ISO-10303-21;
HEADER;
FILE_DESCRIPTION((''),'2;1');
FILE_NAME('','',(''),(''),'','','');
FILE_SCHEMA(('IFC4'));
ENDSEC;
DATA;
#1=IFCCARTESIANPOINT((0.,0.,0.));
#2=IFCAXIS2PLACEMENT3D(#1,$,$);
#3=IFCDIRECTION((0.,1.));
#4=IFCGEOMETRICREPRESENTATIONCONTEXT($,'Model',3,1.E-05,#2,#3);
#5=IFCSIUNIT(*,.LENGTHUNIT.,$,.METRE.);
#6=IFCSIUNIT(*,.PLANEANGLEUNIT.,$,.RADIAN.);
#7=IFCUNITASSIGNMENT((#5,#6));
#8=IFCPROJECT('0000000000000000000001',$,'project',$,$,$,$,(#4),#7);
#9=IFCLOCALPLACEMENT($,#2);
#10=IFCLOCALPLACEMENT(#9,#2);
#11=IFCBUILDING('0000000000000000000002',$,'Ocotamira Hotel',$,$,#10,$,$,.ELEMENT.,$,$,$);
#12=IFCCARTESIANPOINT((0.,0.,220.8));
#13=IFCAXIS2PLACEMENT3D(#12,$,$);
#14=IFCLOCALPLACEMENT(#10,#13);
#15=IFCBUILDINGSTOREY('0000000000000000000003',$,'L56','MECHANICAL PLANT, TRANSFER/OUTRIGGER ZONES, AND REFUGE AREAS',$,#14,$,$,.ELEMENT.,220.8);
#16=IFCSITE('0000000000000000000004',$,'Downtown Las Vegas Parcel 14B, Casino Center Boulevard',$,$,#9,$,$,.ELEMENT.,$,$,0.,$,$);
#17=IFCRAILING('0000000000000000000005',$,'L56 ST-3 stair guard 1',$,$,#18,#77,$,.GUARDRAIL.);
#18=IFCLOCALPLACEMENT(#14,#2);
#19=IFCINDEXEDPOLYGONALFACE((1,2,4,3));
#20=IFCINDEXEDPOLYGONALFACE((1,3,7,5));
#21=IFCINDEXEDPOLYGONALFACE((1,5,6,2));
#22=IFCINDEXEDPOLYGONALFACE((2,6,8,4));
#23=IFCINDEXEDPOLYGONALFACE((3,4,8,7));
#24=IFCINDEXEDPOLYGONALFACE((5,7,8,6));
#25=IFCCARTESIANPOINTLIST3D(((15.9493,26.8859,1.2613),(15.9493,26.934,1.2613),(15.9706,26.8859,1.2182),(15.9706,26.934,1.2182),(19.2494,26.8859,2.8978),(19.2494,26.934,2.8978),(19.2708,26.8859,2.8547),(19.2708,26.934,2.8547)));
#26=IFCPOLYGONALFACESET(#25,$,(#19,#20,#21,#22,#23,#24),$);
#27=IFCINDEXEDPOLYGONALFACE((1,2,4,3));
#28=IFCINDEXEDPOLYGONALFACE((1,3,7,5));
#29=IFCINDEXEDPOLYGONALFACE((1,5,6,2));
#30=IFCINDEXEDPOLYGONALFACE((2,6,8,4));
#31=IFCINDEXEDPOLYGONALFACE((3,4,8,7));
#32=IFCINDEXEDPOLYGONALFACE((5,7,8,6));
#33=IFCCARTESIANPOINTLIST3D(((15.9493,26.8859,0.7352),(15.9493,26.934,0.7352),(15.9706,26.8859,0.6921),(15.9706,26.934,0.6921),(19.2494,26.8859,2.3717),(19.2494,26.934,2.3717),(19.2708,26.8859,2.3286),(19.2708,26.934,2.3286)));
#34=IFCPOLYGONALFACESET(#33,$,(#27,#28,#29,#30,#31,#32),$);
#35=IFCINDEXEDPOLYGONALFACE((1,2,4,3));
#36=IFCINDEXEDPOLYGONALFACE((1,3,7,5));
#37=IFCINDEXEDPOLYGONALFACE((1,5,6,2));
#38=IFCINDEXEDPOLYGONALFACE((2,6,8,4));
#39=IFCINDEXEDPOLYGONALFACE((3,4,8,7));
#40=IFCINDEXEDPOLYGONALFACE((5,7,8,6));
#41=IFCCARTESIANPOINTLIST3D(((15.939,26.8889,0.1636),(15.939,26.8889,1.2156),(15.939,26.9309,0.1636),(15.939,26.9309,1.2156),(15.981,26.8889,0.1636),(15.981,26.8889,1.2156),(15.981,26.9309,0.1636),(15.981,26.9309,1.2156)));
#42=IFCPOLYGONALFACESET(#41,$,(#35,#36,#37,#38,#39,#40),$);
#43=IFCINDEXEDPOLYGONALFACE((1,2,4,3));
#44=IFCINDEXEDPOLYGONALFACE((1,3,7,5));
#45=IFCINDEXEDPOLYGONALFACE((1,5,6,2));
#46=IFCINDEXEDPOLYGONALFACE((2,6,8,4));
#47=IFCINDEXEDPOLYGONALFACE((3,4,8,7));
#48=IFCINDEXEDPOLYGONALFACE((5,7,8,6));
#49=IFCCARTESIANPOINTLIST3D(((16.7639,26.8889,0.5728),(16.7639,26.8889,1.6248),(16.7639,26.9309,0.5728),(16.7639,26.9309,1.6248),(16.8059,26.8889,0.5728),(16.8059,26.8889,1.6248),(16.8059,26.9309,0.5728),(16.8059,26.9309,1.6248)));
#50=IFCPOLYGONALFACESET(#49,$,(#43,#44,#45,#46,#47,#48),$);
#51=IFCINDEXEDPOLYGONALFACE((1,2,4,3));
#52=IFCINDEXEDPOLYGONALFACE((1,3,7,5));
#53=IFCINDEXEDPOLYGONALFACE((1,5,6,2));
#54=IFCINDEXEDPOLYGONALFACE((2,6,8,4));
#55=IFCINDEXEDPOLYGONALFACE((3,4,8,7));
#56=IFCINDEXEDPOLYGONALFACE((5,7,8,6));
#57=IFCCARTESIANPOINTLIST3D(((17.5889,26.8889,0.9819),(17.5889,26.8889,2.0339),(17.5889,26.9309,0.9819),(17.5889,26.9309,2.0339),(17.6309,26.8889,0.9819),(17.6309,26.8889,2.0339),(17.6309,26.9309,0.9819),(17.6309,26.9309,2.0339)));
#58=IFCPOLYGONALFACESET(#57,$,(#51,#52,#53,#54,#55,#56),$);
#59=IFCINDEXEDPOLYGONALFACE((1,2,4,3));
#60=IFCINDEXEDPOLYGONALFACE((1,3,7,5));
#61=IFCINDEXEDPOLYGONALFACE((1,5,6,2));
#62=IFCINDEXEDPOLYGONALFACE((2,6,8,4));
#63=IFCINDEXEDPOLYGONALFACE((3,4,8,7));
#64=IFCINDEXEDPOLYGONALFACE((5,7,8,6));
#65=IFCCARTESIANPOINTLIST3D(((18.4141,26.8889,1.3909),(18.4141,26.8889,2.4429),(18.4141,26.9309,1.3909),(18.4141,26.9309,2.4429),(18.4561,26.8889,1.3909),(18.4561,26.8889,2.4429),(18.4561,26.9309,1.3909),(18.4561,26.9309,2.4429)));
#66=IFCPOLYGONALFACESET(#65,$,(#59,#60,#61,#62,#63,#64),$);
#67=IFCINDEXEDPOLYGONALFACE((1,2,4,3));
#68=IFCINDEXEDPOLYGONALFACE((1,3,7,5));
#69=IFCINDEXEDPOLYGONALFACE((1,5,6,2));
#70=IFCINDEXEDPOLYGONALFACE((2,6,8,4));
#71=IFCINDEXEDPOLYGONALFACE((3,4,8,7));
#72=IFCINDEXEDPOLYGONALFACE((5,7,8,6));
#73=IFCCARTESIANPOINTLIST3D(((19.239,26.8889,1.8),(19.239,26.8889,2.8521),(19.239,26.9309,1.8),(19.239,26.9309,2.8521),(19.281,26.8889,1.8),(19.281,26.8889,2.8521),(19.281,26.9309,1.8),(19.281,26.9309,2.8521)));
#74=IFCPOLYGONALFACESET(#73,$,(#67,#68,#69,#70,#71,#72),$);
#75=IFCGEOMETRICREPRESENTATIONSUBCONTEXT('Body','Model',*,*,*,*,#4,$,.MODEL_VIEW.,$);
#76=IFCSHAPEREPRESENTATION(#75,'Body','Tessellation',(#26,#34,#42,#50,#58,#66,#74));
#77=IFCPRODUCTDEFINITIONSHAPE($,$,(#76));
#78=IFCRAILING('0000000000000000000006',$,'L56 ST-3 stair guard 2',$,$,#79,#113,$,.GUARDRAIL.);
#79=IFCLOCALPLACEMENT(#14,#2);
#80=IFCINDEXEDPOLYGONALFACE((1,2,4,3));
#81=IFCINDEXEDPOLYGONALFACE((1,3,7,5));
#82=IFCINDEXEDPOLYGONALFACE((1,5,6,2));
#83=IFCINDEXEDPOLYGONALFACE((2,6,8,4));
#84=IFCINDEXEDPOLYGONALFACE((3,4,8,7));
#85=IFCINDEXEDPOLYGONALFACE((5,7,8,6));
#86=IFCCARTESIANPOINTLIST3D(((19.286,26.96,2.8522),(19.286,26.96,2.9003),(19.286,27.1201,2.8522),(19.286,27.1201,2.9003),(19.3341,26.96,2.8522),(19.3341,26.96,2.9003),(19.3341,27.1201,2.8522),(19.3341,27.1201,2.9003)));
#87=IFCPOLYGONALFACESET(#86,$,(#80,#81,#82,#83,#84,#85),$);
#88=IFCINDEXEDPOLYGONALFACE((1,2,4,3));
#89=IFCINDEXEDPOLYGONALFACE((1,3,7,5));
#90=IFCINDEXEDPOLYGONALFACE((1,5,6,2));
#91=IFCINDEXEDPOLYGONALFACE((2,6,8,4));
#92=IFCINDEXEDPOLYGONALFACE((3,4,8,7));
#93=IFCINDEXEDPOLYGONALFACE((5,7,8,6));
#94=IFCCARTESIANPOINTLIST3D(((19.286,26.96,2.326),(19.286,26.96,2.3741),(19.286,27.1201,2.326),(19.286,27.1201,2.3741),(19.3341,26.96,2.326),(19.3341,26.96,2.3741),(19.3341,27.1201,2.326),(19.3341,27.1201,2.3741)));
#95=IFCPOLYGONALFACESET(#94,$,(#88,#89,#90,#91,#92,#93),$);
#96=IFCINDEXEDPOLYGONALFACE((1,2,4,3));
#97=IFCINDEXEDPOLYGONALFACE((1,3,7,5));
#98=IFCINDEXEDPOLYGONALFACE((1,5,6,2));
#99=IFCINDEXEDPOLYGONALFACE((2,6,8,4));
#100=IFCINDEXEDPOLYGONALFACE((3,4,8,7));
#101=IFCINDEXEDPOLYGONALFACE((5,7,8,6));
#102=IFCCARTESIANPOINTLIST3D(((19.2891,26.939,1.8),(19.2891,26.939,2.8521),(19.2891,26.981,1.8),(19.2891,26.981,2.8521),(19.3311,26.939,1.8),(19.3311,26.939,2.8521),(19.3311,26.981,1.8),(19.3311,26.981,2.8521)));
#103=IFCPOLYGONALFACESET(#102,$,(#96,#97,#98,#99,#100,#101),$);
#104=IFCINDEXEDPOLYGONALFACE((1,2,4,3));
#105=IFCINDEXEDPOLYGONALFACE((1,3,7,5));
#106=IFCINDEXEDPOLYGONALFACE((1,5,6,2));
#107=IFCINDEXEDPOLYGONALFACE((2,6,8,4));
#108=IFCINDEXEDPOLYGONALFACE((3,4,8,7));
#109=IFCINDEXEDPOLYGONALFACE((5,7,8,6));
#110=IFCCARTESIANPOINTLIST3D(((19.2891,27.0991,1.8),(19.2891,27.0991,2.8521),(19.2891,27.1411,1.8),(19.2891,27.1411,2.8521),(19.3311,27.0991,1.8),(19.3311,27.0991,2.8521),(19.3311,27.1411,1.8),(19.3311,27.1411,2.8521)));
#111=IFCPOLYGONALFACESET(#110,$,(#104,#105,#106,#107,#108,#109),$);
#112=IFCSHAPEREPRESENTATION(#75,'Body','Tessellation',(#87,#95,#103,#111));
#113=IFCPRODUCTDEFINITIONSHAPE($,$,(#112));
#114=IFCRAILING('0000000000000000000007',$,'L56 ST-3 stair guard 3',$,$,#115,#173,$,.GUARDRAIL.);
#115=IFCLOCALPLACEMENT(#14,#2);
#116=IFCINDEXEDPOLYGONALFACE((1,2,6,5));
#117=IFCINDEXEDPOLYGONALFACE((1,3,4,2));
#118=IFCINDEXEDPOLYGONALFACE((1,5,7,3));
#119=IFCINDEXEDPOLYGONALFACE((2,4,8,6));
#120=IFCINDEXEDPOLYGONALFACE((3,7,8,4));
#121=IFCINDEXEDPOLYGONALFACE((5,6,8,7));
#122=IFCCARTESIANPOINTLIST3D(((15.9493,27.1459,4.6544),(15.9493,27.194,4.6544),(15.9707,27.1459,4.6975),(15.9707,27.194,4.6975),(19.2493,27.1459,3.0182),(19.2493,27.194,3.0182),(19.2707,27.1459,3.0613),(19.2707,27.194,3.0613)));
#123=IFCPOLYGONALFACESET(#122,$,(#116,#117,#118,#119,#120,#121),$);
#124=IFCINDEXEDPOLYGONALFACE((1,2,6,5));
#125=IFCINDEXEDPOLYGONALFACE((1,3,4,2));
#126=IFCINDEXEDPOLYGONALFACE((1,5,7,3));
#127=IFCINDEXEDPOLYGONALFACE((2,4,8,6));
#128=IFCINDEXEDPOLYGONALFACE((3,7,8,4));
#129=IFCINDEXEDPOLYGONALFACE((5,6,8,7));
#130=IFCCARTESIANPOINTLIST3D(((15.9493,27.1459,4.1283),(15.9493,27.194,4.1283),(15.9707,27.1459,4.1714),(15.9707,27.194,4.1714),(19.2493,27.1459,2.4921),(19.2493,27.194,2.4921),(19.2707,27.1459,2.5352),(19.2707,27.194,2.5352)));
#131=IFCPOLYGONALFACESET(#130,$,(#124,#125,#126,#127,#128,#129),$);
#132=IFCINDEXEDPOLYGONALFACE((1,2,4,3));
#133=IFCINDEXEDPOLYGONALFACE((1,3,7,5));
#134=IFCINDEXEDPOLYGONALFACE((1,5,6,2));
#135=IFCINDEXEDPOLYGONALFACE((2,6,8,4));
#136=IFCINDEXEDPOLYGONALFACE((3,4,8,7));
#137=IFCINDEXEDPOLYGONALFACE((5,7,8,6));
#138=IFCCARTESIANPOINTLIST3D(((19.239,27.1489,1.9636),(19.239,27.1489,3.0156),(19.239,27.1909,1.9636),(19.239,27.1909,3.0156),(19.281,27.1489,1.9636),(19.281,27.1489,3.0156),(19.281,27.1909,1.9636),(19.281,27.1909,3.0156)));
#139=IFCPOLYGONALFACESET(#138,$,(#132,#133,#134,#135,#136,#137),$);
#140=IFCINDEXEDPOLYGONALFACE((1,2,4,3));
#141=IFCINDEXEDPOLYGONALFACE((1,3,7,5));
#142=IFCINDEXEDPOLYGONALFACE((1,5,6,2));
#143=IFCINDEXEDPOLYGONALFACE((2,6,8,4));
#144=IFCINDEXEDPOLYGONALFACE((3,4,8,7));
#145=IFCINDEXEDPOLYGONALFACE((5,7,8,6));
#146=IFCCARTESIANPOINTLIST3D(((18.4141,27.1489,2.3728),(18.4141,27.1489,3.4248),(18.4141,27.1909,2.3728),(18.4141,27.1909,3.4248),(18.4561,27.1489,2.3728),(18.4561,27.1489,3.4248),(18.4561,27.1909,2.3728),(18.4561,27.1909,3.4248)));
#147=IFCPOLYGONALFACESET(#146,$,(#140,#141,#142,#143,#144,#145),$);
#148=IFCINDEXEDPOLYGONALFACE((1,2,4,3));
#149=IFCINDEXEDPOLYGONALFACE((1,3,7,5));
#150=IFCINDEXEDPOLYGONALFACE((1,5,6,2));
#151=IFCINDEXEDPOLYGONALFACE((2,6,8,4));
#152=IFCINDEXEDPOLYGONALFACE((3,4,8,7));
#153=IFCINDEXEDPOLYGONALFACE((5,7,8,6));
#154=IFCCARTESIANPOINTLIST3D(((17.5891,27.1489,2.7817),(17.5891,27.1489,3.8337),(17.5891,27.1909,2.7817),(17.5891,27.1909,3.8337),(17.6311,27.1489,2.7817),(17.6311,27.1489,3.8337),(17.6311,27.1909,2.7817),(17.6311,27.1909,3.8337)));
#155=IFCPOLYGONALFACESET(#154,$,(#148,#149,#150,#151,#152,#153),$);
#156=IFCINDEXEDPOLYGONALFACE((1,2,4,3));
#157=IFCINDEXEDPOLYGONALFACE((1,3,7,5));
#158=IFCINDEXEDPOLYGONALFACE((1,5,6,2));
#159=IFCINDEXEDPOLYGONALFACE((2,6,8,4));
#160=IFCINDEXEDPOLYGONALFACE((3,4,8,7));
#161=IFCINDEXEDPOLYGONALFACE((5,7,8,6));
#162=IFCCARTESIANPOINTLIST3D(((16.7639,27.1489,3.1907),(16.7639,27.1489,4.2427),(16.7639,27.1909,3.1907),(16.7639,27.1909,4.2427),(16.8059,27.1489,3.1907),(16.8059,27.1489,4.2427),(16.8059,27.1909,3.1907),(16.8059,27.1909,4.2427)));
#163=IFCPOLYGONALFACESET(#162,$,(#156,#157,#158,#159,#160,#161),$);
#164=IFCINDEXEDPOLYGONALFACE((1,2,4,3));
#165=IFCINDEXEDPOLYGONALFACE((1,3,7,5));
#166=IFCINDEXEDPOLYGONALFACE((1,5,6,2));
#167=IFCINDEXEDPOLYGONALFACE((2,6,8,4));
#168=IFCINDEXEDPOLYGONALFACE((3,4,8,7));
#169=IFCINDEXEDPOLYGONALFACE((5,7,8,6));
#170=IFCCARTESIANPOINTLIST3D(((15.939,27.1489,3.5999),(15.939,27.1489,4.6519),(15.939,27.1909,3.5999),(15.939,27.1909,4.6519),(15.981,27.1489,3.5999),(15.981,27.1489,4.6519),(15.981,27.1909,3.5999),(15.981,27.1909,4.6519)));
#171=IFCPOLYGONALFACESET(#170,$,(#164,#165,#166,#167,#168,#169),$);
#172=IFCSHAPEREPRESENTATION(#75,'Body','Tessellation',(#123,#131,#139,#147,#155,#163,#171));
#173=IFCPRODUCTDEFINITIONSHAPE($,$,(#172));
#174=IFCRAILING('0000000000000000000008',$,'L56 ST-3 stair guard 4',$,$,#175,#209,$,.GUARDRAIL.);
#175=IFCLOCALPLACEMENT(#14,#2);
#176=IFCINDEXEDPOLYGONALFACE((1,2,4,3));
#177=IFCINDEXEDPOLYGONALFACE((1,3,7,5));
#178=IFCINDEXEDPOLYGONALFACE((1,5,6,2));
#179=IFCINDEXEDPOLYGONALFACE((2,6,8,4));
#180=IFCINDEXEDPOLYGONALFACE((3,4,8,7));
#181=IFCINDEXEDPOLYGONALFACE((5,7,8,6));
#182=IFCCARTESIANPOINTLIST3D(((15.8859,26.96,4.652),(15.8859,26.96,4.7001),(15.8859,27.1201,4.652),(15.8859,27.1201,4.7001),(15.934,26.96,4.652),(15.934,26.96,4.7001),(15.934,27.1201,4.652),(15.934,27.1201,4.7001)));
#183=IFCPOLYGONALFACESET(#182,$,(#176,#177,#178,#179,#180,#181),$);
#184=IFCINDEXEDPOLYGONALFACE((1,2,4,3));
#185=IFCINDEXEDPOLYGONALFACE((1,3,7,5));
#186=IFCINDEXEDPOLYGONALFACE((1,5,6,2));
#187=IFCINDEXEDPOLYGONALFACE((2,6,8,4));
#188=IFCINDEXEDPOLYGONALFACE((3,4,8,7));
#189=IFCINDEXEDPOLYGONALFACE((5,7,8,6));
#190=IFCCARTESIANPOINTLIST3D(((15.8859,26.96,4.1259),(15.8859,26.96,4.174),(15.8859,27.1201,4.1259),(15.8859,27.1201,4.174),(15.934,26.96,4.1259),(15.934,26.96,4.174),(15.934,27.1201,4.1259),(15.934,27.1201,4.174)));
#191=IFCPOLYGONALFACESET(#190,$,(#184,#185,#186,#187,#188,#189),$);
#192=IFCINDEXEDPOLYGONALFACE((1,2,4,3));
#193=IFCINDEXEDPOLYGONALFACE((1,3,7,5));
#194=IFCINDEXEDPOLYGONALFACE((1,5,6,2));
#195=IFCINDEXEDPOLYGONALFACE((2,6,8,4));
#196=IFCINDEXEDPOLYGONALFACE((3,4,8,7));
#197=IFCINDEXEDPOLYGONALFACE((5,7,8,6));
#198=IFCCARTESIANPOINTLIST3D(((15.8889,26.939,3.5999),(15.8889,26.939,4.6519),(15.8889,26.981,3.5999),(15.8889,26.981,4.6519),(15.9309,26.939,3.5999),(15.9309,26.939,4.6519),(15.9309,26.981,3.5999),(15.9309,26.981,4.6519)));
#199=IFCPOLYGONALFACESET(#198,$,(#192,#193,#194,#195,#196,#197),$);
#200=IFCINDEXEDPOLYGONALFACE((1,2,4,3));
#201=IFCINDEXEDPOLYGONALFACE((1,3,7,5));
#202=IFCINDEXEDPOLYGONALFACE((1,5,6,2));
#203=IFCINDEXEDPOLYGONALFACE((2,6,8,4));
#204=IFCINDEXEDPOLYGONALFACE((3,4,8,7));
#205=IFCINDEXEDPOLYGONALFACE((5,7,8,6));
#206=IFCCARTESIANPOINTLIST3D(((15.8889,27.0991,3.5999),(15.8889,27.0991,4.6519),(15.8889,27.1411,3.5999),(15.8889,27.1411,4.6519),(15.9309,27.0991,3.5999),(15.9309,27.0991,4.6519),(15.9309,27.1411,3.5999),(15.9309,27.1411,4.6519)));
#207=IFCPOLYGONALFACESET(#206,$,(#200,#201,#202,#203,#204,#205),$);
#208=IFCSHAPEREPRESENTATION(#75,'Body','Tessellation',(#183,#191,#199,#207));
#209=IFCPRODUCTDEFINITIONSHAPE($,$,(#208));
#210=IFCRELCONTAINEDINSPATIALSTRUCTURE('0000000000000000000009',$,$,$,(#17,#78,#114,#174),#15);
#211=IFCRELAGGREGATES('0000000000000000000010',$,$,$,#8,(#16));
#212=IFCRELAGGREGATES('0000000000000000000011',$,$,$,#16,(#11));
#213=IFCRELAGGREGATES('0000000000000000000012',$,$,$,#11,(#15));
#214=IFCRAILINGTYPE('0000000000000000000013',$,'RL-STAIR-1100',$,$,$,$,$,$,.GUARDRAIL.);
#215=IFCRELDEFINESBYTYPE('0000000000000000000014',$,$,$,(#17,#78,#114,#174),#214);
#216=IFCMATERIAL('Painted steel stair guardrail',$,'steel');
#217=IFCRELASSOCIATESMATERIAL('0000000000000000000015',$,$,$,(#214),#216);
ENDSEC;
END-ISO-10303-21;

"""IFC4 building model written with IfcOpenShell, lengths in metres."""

from ifc_helpers import new_model, si_unit, direction, frame, origin, origin_2d, place, context, subcontext, project, spatial, rectangle, extrude, material, type_object, element, save


model = new_model("IFC4")

# Units and contexts
model_context = context("Model", 3, precision=1e-05, world=origin(), true_north=direction((0.0, 1.0)))
body_context = subcontext(model_context, "Body", "Model", "MODEL_VIEW")
ifc_project = project(units=[si_unit("LENGTHUNIT", "METRE"), si_unit("PLANEANGLEUNIT", "RADIAN")], contexts=[model_context])

# Site, building, storey
site_placement = place(None, origin())
site = spatial("IfcSite", under=ifc_project, at=site_placement, Name="Downtown Las Vegas Parcel 14B, Casino Center Boulevard", CompositionType="ELEMENT", RefElevation=0.0)
building_placement = place(site_placement, origin())
building = spatial("IfcBuilding", under=site, at=building_placement, Name="Ocotamira Hotel", CompositionType="ELEMENT")
storey_placement = place(building_placement, frame((0.0, 0.0, 220.8)))
storey = spatial("IfcBuildingStorey", under=building, at=storey_placement, Name="L56", Description="MECHANICAL PLANT, TRANSFER/OUTRIGGER ZONES, AND REFUGE AREAS", CompositionType="ELEMENT", Elevation=220.8)

# Railings
ifc_material_1 = material(Name="Painted steel stair guardrail", Category="steel")
railing_type_1 = type_object("IfcRailingType", Name="RL-STAIR-1100", PredefinedType="GUARDRAIL", material=ifc_material_1)
railing_1_placement = place(storey_placement, frame((15.96, 26.9099, 0.1636)))
element("IfcRailing", 1, at=railing_1_placement, inside=storey, type_object=railing_type_1, Name="L56 ST-3 stair guard 1", PredefinedType="GUARDRAIL", context=body_context, shape_type="SweptSolid", body=[
    extrude(rectangle(XDim=0.0481, YDim=0.0481, at=origin_2d()), frame((0.0, 0.0, 1.0762), z_axis=(0.895894, 0.0, 0.444268), x_axis=(0.0, 1.0, 0.0)), (0.0, 0.0, 1.0), 3.6836),
    extrude(rectangle(XDim=0.0481, YDim=0.0481, at=origin_2d()), frame((0.0, 0.0, 0.55), z_axis=(0.895894, 0.0, 0.444268), x_axis=(0.0, 1.0, 0.0)), (0.0, 0.0, 1.0), 3.6836),
    extrude(rectangle(XDim=0.042, YDim=0.042, at=origin_2d()), origin(), (0.0, 0.0, 1.0), 1.052),
    extrude(rectangle(XDim=0.042, YDim=0.042, at=origin_2d()), frame((0.825, 0.0, 0.4092)), (0.0, 0.0, 1.0), 1.052),
    extrude(rectangle(XDim=0.042, YDim=0.042, at=origin_2d()), frame((1.6499, 0.0, 0.8184)), (0.0, 0.0, 1.0), 1.052),
    extrude(rectangle(XDim=0.042, YDim=0.042, at=origin_2d()), frame((2.4751, 0.0, 1.2273)), (0.0, 0.0, 1.0), 1.052),
    extrude(rectangle(XDim=0.042, YDim=0.042, at=origin_2d()), frame((3.3, 0.0, 1.6365)), (0.0, 0.0, 1.0), 1.052),
])
railing_2_placement = place(storey_placement, frame((19.3101, 26.96, 1.8)))
element("IfcRailing", 2, at=railing_2_placement, inside=storey, type_object=railing_type_1, Name="L56 ST-3 stair guard 2", PredefinedType="GUARDRAIL", context=body_context, shape_type="SweptSolid", body=[
    extrude(rectangle(XDim=0.0481, YDim=0.0481, at=origin_2d()), frame((0.0, 0.0, 1.0762), z_axis=(0.0, 1.0, 0.0), x_axis=(-1.0, 0.0, 0.0)), (0.0, 0.0, 1.0), 0.1602),
    extrude(rectangle(XDim=0.0481, YDim=0.0481, at=origin_2d()), frame((0.0, 0.0, 0.55), z_axis=(0.0, 1.0, 0.0), x_axis=(-1.0, 0.0, 0.0)), (0.0, 0.0, 1.0), 0.1602),
    extrude(rectangle(XDim=0.042, YDim=0.042, at=origin_2d()), origin(), (0.0, 0.0, 1.0), 1.052),
    extrude(rectangle(XDim=0.042, YDim=0.042, at=origin_2d()), frame((0.0, 0.1602, 0.0)), (0.0, 0.0, 1.0), 1.052),
])
railing_3_placement = place(storey_placement, frame((19.26, 27.1699, 1.9636)))
element("IfcRailing", 3, at=railing_3_placement, inside=storey, type_object=railing_type_1, Name="L56 ST-3 stair guard 3", PredefinedType="GUARDRAIL", context=body_context, shape_type="SweptSolid", body=[
    extrude(rectangle(XDim=0.0481, YDim=0.0481, at=origin_2d()), frame((0.0, 0.0, 1.0762), z_axis=(-0.89592, 0.0, 0.444215), x_axis=(0.0, -1.0, 0.0)), (0.0, 0.0, 1.0), 3.6833),
    extrude(rectangle(XDim=0.0481, YDim=0.0481, at=origin_2d()), frame((0.0, 0.0, 0.55), z_axis=(-0.89592, 0.0, 0.444215), x_axis=(0.0, -1.0, 0.0)), (0.0, 0.0, 1.0), 3.6833),
    extrude(rectangle(XDim=0.042, YDim=0.042, at=origin_2d()), origin(), (0.0, 0.0, 1.0), 1.052),
    extrude(rectangle(XDim=0.042, YDim=0.042, at=origin_2d()), frame((-0.825, 0.0, 0.4092)), (0.0, 0.0, 1.0), 1.052),
    extrude(rectangle(XDim=0.042, YDim=0.042, at=origin_2d()), frame((-1.6499, 0.0, 0.8181)), (0.0, 0.0, 1.0), 1.052),
    extrude(rectangle(XDim=0.042, YDim=0.042, at=origin_2d()), frame((-2.4751, 0.0, 1.2271)), (0.0, 0.0, 1.0), 1.052),
    extrude(rectangle(XDim=0.042, YDim=0.042, at=origin_2d()), frame((-3.3, 0.0, 1.6362)), (0.0, 0.0, 1.0), 1.052),
])
railing_4_placement = place(storey_placement, frame((15.9099, 26.96, 3.5999)))
element("IfcRailing", 4, at=railing_4_placement, inside=storey, type_object=railing_type_1, Name="L56 ST-3 stair guard 4", PredefinedType="GUARDRAIL", context=body_context, shape_type="SweptSolid", body=[
    extrude(rectangle(XDim=0.0481, YDim=0.0481, at=origin_2d()), frame((0.0, 0.0, 1.0762), z_axis=(0.0, 1.0, 0.0), x_axis=(-1.0, 0.0, 0.0)), (0.0, 0.0, 1.0), 0.1602),
    extrude(rectangle(XDim=0.0481, YDim=0.0481, at=origin_2d()), frame((0.0, 0.0, 0.55), z_axis=(0.0, 1.0, 0.0), x_axis=(-1.0, 0.0, 0.0)), (0.0, 0.0, 1.0), 0.1602),
    extrude(rectangle(XDim=0.042, YDim=0.042, at=origin_2d()), origin(), (0.0, 0.0, 1.0), 1.052),
    extrude(rectangle(XDim=0.042, YDim=0.042, at=origin_2d()), frame((0.0, 0.1602, 0.0)), (0.0, 0.0, 1.0), 1.052),
])

save(model, "model.ifc")
